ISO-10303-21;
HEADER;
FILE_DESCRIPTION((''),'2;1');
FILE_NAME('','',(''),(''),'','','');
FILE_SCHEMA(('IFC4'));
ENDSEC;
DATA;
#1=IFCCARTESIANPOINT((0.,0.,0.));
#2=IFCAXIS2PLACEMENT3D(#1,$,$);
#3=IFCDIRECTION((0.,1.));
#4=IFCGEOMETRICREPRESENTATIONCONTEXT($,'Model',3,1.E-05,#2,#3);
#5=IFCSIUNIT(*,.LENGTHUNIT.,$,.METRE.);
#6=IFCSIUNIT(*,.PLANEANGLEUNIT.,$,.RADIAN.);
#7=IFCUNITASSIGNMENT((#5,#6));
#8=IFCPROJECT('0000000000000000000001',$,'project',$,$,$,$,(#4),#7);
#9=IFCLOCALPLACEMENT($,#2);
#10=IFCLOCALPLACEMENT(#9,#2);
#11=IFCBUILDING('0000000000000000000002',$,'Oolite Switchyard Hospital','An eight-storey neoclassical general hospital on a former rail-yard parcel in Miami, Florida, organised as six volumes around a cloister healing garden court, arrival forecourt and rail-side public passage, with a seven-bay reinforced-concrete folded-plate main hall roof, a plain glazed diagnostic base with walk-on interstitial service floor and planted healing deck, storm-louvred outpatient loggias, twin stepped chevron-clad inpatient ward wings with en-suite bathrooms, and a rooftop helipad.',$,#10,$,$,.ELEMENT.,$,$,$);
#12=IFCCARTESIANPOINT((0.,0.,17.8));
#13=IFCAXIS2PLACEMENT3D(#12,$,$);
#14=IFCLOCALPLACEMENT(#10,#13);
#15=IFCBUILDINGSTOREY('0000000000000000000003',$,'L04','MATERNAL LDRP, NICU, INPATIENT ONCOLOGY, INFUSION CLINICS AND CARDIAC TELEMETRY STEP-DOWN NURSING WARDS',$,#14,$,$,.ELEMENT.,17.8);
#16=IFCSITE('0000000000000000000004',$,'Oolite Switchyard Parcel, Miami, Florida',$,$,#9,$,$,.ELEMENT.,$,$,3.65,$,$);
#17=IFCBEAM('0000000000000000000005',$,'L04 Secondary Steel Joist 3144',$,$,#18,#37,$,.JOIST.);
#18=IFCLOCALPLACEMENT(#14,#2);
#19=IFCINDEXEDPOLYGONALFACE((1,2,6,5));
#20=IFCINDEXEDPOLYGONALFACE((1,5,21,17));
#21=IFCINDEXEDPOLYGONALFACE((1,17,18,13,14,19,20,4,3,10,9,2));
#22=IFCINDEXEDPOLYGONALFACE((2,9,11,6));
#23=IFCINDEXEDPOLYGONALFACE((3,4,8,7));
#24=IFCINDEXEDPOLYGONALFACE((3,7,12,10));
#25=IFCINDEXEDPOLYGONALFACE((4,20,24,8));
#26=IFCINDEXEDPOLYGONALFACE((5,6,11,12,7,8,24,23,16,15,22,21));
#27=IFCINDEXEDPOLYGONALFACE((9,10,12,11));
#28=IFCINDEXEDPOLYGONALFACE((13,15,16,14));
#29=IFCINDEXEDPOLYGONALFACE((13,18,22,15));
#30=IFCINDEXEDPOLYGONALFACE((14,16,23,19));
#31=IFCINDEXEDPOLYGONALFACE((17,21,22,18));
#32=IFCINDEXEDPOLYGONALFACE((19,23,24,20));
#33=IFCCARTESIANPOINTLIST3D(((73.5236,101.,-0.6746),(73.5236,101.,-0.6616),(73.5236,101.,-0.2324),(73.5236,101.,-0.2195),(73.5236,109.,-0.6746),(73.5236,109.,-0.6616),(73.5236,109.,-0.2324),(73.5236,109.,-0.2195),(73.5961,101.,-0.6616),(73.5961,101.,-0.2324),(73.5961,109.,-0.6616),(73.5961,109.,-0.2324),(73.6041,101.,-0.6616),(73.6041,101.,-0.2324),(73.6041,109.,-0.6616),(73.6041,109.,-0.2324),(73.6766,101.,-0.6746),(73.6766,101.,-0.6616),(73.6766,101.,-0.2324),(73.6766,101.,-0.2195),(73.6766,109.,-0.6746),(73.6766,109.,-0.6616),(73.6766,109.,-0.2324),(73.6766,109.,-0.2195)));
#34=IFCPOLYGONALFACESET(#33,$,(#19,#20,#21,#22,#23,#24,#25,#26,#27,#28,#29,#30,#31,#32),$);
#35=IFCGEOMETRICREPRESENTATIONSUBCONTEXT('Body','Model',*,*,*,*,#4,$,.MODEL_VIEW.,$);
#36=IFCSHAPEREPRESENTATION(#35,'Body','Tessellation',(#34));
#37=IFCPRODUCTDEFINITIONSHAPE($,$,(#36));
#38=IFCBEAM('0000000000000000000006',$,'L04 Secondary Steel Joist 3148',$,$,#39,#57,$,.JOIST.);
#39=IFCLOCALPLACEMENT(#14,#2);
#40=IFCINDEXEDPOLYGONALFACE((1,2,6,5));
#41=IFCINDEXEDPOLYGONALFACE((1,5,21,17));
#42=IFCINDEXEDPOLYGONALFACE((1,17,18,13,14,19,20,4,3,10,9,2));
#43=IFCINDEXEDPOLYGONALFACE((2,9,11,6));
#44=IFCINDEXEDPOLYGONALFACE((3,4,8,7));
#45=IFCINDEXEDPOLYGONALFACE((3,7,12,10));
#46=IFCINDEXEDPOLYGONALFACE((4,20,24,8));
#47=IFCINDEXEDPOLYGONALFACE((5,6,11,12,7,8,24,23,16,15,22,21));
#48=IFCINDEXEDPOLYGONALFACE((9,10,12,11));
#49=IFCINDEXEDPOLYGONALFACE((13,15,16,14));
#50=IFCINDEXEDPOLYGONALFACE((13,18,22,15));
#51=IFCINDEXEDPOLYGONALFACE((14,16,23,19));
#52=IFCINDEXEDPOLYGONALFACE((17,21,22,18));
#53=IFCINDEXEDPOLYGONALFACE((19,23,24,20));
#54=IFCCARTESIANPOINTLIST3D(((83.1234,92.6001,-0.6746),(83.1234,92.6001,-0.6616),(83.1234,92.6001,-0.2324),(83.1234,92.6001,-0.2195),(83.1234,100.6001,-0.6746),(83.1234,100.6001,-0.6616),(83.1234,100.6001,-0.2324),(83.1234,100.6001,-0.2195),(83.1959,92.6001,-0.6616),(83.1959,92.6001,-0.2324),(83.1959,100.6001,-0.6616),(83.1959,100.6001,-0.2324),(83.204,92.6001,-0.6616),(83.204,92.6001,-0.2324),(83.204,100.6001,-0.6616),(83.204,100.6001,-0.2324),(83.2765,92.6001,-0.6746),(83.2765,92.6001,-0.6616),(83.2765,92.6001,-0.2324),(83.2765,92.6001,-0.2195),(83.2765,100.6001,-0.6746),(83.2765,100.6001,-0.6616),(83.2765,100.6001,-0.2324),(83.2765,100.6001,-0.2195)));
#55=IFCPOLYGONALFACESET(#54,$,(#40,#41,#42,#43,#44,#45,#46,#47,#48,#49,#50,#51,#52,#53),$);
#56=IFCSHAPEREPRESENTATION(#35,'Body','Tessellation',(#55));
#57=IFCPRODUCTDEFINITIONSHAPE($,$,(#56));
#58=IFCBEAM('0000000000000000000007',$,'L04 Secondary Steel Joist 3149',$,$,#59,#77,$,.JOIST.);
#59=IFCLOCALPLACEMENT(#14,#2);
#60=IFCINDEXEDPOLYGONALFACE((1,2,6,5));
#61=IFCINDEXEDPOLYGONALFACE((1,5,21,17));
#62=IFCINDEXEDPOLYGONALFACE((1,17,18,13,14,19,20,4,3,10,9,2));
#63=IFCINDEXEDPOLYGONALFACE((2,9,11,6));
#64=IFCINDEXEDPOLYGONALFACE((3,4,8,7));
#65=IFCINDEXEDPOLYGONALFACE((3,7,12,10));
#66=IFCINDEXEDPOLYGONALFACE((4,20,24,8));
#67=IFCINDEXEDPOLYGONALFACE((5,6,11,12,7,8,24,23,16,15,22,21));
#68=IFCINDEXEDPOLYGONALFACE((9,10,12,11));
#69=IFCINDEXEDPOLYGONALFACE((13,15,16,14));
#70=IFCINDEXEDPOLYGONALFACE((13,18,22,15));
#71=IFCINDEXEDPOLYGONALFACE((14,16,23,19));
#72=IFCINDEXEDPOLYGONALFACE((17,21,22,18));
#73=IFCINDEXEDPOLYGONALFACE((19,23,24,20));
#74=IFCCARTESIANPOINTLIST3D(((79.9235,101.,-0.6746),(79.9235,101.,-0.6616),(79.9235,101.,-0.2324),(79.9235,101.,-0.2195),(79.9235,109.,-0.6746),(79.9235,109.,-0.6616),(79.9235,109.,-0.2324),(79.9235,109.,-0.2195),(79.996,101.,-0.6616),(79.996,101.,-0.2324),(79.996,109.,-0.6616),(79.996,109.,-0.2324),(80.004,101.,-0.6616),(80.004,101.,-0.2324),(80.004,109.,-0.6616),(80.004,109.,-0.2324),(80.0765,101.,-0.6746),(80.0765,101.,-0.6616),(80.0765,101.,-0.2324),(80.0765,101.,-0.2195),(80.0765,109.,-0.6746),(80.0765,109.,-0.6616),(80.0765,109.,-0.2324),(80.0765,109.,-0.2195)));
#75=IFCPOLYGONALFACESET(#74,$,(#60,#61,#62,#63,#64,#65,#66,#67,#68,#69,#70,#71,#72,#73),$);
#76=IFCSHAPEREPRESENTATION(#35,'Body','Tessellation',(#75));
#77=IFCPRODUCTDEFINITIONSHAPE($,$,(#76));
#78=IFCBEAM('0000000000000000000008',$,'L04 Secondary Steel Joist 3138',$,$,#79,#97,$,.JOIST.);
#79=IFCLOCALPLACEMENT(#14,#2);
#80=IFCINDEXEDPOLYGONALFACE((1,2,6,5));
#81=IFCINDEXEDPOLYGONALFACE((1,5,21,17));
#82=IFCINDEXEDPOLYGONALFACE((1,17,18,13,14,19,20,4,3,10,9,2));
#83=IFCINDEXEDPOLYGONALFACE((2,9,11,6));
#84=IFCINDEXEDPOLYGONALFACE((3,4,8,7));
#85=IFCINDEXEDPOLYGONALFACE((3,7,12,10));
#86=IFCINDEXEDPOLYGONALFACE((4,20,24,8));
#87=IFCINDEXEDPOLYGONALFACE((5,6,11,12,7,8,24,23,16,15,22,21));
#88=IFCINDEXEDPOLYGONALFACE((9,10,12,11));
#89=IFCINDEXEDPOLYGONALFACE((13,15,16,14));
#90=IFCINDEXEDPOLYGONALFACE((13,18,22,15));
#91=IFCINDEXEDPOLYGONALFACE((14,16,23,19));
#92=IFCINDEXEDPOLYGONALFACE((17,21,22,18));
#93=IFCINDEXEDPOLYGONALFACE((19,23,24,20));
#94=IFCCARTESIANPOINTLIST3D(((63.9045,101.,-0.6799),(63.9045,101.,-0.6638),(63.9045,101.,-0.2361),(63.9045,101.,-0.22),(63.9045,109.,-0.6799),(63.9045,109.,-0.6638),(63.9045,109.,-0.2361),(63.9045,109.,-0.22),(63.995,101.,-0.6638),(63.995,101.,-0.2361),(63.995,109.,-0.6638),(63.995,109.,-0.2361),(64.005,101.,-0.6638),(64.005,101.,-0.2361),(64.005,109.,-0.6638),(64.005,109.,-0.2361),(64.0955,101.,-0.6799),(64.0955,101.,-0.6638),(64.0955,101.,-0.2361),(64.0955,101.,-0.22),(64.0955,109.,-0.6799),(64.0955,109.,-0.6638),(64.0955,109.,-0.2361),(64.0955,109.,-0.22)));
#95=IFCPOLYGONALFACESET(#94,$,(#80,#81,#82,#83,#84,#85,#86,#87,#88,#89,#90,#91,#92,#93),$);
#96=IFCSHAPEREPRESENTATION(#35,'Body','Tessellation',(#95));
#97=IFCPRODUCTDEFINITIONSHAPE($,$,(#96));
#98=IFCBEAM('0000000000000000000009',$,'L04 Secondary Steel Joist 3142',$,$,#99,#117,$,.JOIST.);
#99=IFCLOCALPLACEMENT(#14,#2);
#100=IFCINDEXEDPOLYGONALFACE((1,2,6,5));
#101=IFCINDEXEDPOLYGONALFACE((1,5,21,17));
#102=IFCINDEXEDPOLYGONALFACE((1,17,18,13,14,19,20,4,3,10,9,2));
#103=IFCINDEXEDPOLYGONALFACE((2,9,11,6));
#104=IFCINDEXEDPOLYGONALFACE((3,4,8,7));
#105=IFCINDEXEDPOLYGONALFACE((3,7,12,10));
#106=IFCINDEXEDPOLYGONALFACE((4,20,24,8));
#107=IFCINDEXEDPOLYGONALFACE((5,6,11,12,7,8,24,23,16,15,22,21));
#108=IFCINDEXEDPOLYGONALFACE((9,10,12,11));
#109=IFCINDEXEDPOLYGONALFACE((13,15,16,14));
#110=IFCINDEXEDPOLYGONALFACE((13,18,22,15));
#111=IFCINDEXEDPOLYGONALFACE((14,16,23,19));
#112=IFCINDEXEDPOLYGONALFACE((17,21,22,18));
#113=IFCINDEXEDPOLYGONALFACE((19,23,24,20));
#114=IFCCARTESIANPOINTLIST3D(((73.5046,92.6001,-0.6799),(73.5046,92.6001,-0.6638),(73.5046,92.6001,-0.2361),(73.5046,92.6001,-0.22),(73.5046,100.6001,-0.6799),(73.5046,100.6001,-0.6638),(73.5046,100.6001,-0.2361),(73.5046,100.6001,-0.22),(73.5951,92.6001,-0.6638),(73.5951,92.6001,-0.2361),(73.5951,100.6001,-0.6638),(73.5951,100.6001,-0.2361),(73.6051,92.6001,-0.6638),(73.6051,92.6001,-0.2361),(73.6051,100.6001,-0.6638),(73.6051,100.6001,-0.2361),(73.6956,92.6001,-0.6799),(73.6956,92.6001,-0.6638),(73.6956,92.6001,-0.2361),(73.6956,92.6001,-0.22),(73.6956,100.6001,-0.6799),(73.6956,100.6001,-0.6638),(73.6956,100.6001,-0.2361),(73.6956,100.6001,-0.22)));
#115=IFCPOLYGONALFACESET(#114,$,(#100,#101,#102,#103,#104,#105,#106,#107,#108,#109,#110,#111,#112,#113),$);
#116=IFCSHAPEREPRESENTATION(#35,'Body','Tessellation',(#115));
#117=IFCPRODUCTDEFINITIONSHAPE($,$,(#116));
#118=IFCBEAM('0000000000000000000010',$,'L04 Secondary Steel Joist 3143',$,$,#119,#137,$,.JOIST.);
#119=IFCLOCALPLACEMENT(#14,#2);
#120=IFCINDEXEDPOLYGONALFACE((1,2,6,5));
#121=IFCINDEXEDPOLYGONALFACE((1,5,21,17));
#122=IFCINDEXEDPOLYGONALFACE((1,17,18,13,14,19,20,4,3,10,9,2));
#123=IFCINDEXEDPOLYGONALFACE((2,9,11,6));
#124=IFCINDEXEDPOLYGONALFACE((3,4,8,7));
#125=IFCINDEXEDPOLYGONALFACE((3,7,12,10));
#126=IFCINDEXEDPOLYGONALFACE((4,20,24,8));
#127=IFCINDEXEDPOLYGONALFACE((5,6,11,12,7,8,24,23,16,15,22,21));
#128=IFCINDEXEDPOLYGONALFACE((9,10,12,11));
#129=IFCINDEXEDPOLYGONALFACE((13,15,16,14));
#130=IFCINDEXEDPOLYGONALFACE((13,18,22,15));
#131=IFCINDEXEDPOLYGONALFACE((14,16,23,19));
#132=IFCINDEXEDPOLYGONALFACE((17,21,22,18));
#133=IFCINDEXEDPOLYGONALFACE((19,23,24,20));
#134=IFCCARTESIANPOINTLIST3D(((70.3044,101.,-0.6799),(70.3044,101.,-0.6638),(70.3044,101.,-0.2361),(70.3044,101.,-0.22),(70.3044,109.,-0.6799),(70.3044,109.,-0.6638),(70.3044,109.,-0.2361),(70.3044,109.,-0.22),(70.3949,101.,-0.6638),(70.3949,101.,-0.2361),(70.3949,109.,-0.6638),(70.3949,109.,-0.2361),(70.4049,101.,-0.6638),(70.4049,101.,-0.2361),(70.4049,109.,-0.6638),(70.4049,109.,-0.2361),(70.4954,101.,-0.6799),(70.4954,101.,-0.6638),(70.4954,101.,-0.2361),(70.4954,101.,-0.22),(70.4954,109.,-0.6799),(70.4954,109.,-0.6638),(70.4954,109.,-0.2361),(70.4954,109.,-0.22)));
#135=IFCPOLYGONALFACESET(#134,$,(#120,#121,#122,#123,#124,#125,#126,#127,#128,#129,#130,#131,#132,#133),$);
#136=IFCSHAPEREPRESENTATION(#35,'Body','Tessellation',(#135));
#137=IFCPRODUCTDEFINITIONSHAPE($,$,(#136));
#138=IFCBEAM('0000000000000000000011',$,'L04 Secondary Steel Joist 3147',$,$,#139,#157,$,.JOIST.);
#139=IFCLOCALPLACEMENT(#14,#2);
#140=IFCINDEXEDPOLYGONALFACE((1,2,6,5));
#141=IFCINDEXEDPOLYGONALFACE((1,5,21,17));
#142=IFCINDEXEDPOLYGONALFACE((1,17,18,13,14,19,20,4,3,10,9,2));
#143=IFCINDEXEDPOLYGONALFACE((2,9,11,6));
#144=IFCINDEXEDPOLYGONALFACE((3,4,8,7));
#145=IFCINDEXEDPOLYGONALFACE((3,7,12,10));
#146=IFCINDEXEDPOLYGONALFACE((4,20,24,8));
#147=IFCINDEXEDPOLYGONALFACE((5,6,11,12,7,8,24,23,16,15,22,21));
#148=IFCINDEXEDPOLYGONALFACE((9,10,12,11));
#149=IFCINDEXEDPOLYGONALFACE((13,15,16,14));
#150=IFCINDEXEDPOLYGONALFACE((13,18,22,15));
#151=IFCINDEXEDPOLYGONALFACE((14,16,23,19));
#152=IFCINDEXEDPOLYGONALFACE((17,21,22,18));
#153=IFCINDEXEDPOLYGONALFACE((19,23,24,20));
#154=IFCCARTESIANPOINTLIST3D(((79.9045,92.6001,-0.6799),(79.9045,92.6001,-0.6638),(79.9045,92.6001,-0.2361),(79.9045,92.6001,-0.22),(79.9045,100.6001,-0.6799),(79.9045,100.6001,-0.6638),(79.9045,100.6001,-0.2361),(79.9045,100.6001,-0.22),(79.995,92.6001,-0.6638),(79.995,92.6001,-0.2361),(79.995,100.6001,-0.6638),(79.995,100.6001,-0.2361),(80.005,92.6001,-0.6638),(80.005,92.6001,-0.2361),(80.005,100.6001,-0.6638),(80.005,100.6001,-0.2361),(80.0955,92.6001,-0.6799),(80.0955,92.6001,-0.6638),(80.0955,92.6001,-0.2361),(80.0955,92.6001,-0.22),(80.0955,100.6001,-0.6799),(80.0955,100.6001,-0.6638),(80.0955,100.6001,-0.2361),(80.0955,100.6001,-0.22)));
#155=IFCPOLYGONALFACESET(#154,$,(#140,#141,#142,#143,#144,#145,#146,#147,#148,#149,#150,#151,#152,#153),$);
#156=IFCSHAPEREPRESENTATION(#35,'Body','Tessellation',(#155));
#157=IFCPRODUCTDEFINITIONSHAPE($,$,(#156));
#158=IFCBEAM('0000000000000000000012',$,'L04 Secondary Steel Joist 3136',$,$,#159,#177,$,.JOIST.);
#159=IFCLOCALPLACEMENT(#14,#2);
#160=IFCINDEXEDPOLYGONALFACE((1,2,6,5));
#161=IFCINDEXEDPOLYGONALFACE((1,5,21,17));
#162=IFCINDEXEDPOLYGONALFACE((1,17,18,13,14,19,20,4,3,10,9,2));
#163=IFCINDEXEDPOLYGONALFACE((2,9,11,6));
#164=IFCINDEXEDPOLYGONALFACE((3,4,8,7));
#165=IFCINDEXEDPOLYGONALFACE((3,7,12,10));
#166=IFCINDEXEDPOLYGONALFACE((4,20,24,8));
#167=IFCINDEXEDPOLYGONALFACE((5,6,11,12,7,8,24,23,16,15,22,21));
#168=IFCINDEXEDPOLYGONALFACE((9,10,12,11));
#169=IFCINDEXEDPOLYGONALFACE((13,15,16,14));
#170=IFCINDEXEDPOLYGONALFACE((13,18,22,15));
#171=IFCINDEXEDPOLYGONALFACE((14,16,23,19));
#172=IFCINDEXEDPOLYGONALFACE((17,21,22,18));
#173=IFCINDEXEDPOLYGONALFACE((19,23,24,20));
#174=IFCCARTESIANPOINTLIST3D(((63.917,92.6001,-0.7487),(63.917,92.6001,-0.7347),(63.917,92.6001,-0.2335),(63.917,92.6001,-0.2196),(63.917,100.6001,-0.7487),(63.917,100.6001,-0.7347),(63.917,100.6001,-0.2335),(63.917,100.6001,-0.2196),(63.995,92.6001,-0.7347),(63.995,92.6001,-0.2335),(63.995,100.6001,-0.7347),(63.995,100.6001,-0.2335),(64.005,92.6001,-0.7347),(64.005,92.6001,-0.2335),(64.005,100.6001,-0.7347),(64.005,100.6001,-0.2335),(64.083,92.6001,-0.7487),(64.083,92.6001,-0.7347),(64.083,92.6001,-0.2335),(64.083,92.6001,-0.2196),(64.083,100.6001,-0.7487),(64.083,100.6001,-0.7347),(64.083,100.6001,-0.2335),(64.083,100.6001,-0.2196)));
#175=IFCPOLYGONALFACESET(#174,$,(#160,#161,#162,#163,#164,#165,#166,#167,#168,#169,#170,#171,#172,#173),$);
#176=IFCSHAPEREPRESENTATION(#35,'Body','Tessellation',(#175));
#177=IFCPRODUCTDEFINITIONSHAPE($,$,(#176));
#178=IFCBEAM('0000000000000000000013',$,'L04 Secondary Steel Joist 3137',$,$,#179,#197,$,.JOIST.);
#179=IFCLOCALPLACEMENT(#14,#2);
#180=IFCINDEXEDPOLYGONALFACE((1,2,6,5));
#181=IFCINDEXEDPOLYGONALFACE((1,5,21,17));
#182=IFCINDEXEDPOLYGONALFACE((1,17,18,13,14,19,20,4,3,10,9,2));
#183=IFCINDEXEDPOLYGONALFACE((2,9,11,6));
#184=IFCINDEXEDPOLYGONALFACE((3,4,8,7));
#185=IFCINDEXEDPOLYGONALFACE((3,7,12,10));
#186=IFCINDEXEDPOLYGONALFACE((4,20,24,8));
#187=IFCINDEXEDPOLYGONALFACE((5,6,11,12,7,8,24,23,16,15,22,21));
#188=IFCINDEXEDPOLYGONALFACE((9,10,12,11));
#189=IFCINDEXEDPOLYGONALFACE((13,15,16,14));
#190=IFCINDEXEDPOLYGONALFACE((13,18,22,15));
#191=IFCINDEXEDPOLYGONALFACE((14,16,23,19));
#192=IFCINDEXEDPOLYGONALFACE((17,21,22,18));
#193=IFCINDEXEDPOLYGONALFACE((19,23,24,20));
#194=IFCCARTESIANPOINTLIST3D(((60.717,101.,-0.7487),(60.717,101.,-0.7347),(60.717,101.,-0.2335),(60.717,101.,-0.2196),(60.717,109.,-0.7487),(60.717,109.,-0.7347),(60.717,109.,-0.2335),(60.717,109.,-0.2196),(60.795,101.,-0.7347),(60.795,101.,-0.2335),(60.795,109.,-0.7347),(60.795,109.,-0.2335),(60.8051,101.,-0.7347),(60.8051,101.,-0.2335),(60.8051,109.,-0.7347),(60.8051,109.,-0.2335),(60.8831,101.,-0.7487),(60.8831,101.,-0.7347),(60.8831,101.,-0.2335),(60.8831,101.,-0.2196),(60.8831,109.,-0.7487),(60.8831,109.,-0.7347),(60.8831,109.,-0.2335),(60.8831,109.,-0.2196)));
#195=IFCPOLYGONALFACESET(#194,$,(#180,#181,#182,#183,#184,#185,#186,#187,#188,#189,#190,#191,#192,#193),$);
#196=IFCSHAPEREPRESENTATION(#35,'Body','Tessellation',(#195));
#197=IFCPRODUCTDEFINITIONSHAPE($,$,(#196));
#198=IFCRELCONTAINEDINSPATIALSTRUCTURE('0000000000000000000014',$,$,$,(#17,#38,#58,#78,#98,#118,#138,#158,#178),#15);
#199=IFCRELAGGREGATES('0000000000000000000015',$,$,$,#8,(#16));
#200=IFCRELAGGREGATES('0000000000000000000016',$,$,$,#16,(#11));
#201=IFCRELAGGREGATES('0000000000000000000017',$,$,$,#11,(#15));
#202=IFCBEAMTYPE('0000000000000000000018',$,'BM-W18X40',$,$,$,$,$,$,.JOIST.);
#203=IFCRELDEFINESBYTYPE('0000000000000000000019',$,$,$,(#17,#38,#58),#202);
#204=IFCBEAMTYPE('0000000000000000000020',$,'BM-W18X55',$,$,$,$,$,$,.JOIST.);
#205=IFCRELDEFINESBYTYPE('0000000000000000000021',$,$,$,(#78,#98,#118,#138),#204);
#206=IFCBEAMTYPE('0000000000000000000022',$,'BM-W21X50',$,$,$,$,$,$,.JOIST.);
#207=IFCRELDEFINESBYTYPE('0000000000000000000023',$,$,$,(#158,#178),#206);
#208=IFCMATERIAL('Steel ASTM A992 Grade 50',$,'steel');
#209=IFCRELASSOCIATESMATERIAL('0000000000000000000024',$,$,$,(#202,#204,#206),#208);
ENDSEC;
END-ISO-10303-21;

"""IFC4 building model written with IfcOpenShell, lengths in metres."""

from ifc_helpers import new_model, si_unit, direction, frame, origin, origin_2d, place, context, subcontext, project, spatial, i_section, extrude, material, material_profile, profile_set, type_object, element, save


model = new_model("IFC4")

# Units and contexts
model_context = context("Model", 3, precision=1e-05, world=origin(), true_north=direction((0.0, 1.0)))
body_context = subcontext(model_context, "Body", "Model", "MODEL_VIEW")
ifc_project = project(units=[si_unit("LENGTHUNIT", "METRE"), si_unit("PLANEANGLEUNIT", "RADIAN")], contexts=[model_context])

# Site, building, storey
site_placement = place(None, origin())
site = spatial("IfcSite", under=ifc_project, at=site_placement, Name="Oolite Switchyard Parcel, Miami, Florida", CompositionType="ELEMENT", RefElevation=3.65)
building_placement = place(site_placement, origin())
building = spatial("IfcBuilding", under=site, at=building_placement, Name="Oolite Switchyard Hospital", Description="An eight-storey neoclassical general hospital on a former rail-yard parcel in Miami, Florida, organised as six volumes around a cloister healing garden court, arrival forecourt and rail-side public passage, with a seven-bay reinforced-concrete folded-plate main hall roof, a plain glazed diagnostic base with walk-on interstitial service floor and planted healing deck, storm-louvred outpatient loggias, twin stepped chevron-clad inpatient ward wings with en-suite bathrooms, and a rooftop helipad.", CompositionType="ELEMENT")
storey_placement = place(building_placement, frame((0.0, 0.0, 17.8)))
storey = spatial("IfcBuildingStorey", under=building, at=storey_placement, Name="L04", Description="MATERNAL LDRP, NICU, INPATIENT ONCOLOGY, INFUSION CLINICS AND CARDIAC TELEMETRY STEP-DOWN NURSING WARDS", CompositionType="ELEMENT", Elevation=17.8)

# Beams
ifc_material_1 = material(Name="Steel ASTM A992 Grade 50", Category="steel")
ifc_material_profile_1 = material_profile(ifc_material_1, i_section(OverallWidth=0.1531, OverallDepth=0.4551, WebThickness=0.0081, FlangeThickness=0.0129, at=origin_2d()), Name="W18X40")
ifc_profile_set_1 = profile_set([ifc_material_profile_1], Name="Steel ASTM A992 Grade 50")
beam_type_1 = type_object("IfcBeamType", Name="BM-W18X40", PredefinedType="JOIST", material=ifc_profile_set_1)
for number, where, z_axis, x_axis, name in (
    (1, (73.6001, 101.0, -0.447), (0.0, 1.0, 0.0), (-1.0, 0.0, 0.0), "L04 Secondary Steel Joist 3144"),
    (2, (83.2, 92.6001, -0.447), (0.0, 1.0, 0.0), (-1.0, 0.0, 0.0), "L04 Secondary Steel Joist 3148"),
    (3, (80.0, 101.0, -0.447), (0.0, 1.0, 0.0), (-1.0, 0.0, 0.0), "L04 Secondary Steel Joist 3149"),
):
    element("IfcBeam", number, at=place(storey_placement, frame(where, z_axis=z_axis, x_axis=x_axis)), inside=storey, type_object=beam_type_1, Name=name, PredefinedType="JOIST", context=body_context, shape_type="SweptSolid", body=[
        extrude(i_section(OverallWidth=0.1531, OverallDepth=0.4551, WebThickness=0.0081, FlangeThickness=0.0129, at=origin_2d()), origin(), (0.0, 0.0, 1.0), 8.0),
    ])
ifc_material_profile_2 = material_profile(ifc_material_1, i_section(OverallWidth=0.1909, OverallDepth=0.46, WebThickness=0.01, FlangeThickness=0.0161, at=origin_2d()), Name="W18X55")
ifc_profile_set_2 = profile_set([ifc_material_profile_2], Name="Steel ASTM A992 Grade 50")
beam_type_2 = type_object("IfcBeamType", Name="BM-W18X55", PredefinedType="JOIST", material=ifc_profile_set_2)
for number, where, z_axis, x_axis, name in (
    (4, (64.0, 101.0, -0.45), (0.0, 1.0, 0.0), (-1.0, 0.0, 0.0), "L04 Secondary Steel Joist 3138"),
    (5, (73.6001, 92.6001, -0.45), (0.0, 1.0, 0.0), (-1.0, 0.0, 0.0), "L04 Secondary Steel Joist 3142"),
    (6, (70.3999, 101.0, -0.45), (0.0, 1.0, 0.0), (-1.0, 0.0, 0.0), "L04 Secondary Steel Joist 3143"),
    (7, (80.0, 92.6001, -0.45), (0.0, 1.0, 0.0), (-1.0, 0.0, 0.0), "L04 Secondary Steel Joist 3147"),
):
    element("IfcBeam", number, at=place(storey_placement, frame(where, z_axis=z_axis, x_axis=x_axis)), inside=storey, type_object=beam_type_2, Name=name, PredefinedType="JOIST", context=body_context, shape_type="SweptSolid", body=[
        extrude(i_section(OverallWidth=0.1909, OverallDepth=0.46, WebThickness=0.01, FlangeThickness=0.0161, at=origin_2d()), origin(), (0.0, 0.0, 1.0), 8.0),
    ])
ifc_material_profile_3 = material_profile(ifc_material_1, i_section(OverallWidth=0.166, OverallDepth=0.5291, WebThickness=0.01, FlangeThickness=0.0139, at=origin_2d()), Name="W21X50")
ifc_profile_set_3 = profile_set([ifc_material_profile_3], Name="Steel ASTM A992 Grade 50")
beam_type_3 = type_object("IfcBeamType", Name="BM-W21X50", PredefinedType="JOIST", material=ifc_profile_set_3)
for number, where, z_axis, x_axis, name in (
    (8, (64.0, 92.6001, -0.4841), (0.0, 1.0, 0.0), (-1.0, 0.0, 0.0), "L04 Secondary Steel Joist 3136"),
    (9, (60.8, 101.0, -0.4841), (0.0, 1.0, 0.0), (-1.0, 0.0, 0.0), "L04 Secondary Steel Joist 3137"),
):
    element("IfcBeam", number, at=place(storey_placement, frame(where, z_axis=z_axis, x_axis=x_axis)), inside=storey, type_object=beam_type_3, Name=name, PredefinedType="JOIST", context=body_context, shape_type="SweptSolid", body=[
        extrude(i_section(OverallWidth=0.166, OverallDepth=0.5291, WebThickness=0.01, FlangeThickness=0.0139, at=origin_2d()), origin(), (0.0, 0.0, 1.0), 8.0),
    ])

save(model, "model.ifc")
